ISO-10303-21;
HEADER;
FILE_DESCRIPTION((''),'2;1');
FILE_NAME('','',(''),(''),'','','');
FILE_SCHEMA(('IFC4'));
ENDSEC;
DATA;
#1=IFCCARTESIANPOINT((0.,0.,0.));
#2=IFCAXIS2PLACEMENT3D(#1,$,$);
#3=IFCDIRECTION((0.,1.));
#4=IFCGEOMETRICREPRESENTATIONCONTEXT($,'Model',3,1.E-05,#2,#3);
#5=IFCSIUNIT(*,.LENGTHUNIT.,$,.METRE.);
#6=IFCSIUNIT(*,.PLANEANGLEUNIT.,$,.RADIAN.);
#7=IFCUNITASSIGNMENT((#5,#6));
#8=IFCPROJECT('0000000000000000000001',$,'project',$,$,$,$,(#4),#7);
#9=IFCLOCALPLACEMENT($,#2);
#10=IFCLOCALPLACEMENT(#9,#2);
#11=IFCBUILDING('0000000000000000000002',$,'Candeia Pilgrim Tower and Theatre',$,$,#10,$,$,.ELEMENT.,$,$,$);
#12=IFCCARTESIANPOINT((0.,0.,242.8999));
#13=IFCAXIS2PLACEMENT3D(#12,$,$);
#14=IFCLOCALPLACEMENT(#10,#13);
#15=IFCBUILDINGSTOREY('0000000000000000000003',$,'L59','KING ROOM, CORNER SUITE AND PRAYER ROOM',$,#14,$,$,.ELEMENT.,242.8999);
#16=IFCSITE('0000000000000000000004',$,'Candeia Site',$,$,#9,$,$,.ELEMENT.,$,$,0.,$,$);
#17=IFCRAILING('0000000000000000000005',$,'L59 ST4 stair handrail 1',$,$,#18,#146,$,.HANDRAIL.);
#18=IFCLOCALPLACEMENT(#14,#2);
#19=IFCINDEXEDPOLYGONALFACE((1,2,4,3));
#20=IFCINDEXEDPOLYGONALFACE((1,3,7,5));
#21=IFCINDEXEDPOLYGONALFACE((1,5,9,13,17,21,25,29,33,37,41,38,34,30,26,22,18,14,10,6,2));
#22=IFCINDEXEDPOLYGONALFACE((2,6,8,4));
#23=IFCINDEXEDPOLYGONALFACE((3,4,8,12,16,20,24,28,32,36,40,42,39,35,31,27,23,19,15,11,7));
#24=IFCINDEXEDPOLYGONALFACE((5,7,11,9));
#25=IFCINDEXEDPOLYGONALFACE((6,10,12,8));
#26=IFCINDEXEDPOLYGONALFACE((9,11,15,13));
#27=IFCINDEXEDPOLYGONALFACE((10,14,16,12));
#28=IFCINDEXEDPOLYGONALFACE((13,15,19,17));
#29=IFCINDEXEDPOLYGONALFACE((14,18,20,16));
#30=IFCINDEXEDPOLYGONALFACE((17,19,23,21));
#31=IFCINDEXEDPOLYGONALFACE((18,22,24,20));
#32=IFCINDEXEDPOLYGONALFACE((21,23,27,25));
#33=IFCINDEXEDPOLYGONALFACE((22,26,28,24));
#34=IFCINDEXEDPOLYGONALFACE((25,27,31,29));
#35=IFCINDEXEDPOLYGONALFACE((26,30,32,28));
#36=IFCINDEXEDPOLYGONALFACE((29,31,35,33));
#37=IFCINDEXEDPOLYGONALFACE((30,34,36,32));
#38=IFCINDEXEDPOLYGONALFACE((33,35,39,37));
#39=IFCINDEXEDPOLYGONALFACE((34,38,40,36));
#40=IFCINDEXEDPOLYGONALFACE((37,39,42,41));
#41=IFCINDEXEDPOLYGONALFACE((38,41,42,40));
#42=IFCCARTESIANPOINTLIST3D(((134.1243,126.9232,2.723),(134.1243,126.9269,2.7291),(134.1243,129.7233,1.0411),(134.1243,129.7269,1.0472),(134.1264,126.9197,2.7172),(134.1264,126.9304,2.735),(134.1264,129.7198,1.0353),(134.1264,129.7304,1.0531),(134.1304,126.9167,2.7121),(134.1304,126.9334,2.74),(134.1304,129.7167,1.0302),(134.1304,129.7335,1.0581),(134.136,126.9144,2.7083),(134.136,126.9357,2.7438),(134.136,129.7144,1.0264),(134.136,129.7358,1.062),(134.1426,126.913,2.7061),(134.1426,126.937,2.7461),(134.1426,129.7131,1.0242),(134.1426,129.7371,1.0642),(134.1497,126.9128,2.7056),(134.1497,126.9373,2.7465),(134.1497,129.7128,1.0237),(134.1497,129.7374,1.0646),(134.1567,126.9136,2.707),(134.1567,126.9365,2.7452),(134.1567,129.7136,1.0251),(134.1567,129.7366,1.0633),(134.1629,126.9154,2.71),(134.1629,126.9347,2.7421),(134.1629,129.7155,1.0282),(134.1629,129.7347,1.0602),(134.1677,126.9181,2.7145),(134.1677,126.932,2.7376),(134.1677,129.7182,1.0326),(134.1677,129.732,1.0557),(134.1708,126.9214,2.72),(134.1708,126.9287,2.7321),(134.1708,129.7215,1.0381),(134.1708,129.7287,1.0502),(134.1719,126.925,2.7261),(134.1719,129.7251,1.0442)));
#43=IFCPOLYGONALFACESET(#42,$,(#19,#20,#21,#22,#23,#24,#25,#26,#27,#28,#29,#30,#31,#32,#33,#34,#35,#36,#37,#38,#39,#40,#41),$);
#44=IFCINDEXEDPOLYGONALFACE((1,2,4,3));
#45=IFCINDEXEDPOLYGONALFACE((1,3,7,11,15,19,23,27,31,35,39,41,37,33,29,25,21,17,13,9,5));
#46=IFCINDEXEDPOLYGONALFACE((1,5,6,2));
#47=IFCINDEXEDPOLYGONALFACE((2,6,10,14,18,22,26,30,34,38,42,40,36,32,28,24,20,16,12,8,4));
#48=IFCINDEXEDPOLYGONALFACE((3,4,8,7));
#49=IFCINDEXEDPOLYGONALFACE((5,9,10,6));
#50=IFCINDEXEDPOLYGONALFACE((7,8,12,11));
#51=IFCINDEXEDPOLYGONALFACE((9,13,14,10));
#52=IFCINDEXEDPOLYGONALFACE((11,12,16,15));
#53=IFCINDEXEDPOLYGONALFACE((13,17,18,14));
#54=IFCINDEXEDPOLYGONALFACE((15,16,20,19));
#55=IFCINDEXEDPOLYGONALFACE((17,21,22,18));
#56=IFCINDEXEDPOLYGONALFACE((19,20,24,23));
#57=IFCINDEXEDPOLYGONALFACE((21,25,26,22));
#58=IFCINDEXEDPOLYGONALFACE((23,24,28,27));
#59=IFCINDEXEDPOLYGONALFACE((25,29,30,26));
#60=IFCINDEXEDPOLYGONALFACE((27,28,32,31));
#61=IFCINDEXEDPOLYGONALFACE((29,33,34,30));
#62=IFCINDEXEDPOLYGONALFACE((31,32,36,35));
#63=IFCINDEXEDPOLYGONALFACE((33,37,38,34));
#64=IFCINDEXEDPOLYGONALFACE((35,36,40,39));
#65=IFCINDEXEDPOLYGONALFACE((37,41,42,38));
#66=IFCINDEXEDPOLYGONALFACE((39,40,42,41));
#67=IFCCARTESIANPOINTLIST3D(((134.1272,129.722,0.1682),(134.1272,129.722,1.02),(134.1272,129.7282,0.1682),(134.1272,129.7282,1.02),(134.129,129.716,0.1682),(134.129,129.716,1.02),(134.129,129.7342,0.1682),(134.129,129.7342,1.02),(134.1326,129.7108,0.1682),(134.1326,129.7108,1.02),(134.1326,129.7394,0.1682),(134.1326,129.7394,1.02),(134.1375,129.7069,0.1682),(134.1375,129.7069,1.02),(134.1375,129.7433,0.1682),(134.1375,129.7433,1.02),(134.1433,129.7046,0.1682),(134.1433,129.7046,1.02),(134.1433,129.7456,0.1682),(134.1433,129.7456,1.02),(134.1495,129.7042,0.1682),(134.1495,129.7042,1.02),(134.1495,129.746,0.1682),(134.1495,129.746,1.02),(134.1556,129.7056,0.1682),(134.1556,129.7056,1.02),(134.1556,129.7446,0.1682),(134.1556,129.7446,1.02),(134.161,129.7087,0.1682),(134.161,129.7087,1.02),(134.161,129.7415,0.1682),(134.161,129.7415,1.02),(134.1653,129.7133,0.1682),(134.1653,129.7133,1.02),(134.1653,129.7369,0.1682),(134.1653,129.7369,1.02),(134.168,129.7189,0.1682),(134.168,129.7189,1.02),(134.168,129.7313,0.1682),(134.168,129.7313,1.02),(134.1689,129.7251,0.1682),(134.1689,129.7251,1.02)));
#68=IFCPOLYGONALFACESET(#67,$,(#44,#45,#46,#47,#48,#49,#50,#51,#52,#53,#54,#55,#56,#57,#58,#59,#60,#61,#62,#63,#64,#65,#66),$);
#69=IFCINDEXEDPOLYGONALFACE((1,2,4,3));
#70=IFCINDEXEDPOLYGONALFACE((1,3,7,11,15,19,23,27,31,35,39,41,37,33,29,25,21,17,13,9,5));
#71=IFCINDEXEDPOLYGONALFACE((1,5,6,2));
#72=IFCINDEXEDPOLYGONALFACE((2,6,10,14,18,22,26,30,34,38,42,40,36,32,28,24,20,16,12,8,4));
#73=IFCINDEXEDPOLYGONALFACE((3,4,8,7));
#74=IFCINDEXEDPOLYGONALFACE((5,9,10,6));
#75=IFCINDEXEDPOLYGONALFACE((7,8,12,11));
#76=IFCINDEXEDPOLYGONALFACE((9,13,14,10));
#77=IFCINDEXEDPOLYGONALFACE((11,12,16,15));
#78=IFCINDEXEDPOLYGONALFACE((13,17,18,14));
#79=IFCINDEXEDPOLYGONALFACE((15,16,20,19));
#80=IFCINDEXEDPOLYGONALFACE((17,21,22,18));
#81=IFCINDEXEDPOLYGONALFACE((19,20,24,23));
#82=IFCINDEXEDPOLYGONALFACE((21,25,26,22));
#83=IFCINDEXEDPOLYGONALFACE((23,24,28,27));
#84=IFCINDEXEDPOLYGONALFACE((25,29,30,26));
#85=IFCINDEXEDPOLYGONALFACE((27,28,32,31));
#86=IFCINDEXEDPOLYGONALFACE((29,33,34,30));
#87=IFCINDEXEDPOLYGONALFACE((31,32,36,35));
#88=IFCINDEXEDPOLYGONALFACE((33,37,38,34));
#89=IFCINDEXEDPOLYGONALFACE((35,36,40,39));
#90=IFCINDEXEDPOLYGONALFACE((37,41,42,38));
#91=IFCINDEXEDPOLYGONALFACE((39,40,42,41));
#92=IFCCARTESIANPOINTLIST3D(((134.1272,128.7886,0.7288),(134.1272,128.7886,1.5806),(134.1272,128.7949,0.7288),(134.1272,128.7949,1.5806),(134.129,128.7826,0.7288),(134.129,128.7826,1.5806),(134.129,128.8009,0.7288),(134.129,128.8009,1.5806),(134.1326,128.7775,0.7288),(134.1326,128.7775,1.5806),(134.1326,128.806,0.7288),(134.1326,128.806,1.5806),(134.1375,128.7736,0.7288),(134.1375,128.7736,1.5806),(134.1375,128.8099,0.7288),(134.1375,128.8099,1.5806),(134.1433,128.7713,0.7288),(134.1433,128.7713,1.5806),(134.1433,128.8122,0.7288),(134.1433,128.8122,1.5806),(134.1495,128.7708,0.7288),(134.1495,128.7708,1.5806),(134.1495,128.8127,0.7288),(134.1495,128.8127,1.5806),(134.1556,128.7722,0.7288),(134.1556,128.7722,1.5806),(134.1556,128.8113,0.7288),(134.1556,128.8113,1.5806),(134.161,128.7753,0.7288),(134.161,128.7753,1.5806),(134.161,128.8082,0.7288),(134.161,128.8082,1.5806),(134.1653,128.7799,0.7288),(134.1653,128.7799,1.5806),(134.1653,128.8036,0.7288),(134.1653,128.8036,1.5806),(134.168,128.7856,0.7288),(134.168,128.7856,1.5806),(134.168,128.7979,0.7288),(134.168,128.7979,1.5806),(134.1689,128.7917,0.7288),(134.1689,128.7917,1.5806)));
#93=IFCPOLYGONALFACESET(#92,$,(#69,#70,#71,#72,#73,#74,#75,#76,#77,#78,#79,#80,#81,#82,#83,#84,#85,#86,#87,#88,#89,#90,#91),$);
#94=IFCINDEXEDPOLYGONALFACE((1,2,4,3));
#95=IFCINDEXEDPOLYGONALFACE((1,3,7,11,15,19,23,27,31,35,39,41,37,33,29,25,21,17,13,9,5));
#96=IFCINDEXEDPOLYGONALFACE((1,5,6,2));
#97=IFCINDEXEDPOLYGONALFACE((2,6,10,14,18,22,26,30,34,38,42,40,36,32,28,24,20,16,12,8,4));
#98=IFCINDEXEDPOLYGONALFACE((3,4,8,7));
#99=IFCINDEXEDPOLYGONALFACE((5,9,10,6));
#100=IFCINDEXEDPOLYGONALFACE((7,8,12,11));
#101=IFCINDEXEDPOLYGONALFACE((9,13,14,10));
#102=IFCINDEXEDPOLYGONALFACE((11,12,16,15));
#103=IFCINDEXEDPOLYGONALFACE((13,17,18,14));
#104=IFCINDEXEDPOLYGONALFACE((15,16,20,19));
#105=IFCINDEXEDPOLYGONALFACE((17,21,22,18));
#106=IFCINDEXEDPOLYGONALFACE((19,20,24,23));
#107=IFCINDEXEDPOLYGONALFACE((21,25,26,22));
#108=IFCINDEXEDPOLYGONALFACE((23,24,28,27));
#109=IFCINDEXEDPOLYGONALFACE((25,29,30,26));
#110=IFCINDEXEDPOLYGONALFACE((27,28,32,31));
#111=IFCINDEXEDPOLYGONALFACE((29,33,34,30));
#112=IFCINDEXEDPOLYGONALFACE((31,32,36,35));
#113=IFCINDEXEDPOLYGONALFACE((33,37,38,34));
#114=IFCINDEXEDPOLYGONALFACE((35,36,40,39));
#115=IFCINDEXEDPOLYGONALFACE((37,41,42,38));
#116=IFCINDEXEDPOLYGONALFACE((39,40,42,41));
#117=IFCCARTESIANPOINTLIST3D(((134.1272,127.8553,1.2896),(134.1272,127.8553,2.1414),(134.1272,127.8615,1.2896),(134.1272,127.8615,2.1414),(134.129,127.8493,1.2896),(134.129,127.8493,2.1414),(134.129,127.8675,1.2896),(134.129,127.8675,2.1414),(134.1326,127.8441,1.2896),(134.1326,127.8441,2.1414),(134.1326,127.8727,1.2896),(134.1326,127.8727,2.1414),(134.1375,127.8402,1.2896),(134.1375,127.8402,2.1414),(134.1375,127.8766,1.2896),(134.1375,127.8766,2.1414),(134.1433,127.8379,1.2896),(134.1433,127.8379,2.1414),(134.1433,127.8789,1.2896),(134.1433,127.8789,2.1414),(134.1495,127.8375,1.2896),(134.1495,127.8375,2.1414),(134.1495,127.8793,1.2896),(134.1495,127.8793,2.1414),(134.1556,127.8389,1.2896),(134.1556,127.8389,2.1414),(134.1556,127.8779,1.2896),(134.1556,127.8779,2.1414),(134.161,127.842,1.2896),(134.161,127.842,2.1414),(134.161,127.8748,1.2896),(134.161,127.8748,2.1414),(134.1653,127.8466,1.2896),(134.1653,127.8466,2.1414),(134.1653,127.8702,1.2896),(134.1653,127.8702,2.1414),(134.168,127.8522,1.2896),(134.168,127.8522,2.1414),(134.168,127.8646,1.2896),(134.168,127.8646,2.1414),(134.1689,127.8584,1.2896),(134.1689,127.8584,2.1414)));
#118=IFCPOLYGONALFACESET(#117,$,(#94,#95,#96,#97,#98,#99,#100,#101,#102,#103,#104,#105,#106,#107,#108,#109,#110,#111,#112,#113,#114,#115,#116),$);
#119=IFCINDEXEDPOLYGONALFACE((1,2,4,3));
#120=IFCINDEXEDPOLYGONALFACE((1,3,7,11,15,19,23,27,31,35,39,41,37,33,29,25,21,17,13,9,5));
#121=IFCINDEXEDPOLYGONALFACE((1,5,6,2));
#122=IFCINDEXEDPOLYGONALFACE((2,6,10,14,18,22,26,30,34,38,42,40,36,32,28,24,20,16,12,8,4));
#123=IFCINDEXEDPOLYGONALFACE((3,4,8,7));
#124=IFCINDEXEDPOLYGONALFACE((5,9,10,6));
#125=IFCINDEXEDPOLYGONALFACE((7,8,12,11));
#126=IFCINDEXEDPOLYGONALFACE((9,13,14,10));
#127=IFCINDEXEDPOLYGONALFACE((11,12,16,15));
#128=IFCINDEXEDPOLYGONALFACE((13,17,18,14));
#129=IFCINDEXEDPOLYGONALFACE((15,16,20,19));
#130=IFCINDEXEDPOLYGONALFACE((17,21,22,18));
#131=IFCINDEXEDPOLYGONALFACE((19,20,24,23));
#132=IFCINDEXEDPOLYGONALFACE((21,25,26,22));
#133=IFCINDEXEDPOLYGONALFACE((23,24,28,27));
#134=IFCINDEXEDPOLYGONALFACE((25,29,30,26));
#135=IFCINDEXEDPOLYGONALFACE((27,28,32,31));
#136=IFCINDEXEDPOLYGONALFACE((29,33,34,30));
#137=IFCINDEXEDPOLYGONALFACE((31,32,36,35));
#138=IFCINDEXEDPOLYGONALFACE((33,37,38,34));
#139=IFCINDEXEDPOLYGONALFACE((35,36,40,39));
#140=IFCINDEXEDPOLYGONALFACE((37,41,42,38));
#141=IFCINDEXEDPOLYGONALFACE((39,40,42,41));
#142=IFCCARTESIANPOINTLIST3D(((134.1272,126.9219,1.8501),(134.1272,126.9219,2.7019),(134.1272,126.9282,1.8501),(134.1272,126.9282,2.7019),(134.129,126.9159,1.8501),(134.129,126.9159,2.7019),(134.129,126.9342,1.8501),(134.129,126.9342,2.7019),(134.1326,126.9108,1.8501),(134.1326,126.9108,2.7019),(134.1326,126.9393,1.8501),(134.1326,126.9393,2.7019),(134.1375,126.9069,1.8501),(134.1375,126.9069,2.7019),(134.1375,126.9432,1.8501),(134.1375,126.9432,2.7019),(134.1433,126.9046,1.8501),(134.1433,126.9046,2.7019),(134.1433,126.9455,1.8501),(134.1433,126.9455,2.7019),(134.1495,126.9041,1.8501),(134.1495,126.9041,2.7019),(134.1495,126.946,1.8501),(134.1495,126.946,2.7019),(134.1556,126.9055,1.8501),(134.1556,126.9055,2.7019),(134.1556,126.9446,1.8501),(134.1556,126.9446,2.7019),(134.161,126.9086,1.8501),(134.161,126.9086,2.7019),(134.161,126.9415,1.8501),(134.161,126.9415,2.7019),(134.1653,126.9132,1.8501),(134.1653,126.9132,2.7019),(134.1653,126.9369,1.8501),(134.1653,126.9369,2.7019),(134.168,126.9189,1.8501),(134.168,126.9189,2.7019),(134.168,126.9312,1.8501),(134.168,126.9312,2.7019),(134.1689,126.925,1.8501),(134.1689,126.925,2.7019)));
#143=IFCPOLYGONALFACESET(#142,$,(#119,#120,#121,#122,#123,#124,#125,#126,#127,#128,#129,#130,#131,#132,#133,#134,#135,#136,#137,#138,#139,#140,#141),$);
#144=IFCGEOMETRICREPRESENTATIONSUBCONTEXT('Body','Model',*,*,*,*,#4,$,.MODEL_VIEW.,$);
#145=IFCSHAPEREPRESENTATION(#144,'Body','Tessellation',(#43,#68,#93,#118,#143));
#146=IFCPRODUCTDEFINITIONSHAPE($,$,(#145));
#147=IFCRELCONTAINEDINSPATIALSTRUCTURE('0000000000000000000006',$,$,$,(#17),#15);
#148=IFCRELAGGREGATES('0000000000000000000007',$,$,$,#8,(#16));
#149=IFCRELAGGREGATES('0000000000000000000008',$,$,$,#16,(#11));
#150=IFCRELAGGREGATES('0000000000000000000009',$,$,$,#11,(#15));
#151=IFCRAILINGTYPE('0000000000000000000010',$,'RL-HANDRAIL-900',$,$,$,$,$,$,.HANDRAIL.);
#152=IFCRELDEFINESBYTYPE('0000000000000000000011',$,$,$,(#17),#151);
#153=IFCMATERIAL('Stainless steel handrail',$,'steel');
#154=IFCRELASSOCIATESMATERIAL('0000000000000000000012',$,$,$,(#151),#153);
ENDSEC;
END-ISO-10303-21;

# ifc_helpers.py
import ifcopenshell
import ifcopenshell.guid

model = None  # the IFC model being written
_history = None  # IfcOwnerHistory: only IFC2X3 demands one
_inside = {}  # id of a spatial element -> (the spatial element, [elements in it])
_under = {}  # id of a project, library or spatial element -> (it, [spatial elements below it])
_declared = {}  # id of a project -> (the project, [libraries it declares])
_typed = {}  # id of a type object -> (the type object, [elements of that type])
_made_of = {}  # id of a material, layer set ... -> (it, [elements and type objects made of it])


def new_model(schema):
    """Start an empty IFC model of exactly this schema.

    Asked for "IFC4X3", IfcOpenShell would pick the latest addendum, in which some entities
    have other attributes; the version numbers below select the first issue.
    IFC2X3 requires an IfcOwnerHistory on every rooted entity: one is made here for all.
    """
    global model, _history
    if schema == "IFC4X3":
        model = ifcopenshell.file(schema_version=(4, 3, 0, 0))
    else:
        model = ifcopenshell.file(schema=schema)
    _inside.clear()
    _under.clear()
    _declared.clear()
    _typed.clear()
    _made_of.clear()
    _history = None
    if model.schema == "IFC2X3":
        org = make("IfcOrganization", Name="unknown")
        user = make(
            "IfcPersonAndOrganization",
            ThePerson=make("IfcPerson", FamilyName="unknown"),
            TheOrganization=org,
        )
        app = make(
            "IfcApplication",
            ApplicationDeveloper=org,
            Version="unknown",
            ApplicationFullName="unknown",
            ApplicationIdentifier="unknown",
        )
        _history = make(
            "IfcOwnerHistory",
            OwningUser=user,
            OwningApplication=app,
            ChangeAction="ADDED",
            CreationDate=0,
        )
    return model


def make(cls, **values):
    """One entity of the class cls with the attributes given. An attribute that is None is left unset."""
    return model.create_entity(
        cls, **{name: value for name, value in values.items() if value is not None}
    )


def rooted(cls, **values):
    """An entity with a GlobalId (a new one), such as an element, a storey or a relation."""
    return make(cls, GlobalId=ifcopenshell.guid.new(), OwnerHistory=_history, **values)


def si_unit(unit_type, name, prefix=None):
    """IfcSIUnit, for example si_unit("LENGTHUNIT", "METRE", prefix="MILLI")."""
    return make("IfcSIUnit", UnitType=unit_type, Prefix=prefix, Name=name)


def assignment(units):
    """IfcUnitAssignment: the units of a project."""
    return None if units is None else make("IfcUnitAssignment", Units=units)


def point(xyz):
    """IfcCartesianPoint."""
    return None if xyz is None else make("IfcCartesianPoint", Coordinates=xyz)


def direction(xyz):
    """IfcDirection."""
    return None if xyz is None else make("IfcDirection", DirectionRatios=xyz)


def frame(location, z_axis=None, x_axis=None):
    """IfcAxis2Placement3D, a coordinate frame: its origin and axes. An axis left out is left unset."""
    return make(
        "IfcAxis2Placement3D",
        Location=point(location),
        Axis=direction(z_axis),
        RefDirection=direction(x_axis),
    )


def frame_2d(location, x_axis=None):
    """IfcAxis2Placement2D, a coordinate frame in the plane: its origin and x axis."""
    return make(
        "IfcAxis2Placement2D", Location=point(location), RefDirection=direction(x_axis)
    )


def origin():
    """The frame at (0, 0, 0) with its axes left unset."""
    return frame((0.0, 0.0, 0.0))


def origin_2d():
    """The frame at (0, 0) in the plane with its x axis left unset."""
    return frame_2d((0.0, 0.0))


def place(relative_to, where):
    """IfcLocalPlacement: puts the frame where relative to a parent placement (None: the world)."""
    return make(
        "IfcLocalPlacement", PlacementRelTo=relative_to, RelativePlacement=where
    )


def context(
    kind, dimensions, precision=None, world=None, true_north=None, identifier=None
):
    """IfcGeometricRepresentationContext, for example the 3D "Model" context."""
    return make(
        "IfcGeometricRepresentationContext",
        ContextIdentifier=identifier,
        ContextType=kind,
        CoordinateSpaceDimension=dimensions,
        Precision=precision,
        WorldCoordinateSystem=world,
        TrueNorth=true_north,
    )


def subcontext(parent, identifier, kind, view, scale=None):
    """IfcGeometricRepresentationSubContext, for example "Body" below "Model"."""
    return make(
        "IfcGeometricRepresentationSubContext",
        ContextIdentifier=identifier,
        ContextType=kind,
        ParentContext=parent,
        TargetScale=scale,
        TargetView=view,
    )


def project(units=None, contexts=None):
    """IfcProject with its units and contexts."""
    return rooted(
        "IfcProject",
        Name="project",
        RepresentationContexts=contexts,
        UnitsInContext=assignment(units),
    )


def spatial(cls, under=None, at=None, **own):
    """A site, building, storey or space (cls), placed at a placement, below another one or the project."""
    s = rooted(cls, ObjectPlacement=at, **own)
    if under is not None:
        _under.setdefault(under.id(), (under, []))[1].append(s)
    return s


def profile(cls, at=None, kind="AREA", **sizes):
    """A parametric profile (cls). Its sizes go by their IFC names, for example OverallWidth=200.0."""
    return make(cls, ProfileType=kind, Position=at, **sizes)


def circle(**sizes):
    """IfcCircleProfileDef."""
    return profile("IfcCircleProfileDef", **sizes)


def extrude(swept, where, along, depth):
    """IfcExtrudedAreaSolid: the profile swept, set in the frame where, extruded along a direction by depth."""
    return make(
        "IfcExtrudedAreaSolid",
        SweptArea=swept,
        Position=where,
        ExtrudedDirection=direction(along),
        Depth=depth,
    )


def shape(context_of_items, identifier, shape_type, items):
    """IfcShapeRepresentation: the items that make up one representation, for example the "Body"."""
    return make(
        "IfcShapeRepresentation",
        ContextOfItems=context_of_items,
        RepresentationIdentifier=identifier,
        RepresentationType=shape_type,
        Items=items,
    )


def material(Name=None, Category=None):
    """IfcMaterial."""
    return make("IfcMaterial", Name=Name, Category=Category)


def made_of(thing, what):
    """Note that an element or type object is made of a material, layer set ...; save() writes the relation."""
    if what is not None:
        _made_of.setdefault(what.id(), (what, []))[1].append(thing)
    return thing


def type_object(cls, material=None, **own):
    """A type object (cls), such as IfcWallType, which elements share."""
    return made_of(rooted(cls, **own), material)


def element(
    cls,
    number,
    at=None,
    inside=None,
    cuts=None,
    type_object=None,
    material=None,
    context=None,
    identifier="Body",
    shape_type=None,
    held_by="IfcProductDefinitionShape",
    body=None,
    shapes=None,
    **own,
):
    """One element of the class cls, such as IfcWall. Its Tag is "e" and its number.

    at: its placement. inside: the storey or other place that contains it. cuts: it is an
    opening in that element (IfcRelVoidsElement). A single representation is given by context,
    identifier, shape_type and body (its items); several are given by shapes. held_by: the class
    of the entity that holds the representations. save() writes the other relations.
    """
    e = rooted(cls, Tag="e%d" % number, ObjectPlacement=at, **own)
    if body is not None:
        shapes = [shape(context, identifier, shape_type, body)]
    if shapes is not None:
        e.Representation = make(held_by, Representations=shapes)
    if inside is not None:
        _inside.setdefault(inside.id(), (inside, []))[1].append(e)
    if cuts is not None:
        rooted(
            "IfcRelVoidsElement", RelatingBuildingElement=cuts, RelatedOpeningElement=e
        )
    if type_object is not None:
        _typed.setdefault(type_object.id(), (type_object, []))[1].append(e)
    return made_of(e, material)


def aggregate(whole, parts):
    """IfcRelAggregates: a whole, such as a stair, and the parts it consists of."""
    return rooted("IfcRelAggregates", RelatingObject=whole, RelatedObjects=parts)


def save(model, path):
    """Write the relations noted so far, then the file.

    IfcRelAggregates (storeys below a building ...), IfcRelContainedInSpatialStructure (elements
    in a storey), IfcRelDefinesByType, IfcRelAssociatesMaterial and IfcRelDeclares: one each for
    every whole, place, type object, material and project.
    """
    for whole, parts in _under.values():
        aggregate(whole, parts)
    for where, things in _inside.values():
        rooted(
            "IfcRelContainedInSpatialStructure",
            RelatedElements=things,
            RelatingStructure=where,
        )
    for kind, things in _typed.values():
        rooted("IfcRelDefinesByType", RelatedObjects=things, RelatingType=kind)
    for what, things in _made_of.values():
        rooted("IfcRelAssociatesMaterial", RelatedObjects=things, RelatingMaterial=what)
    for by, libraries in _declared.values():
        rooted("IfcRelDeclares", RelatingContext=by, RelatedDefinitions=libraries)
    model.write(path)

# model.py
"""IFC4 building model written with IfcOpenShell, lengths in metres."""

from ifc_helpers import new_model, si_unit, direction, frame, origin, origin_2d, place, context, subcontext, project, spatial, circle, extrude, material, type_object, element, save


model = new_model("IFC4")

# Units and contexts
model_context = context("Model", 3, precision=1e-05, world=origin(), true_north=direction((0.0, 1.0)))
body_context = subcontext(model_context, "Body", "Model", "MODEL_VIEW")
ifc_project = project(units=[si_unit("LENGTHUNIT", "METRE"), si_unit("PLANEANGLEUNIT", "RADIAN")], contexts=[model_context])

# Site, building, storey
site_placement = place(None, origin())
site = spatial("IfcSite", under=ifc_project, at=site_placement, Name="Candeia Site", CompositionType="ELEMENT", RefElevation=0.0)
building_placement = place(site_placement, origin())
building = spatial("IfcBuilding", under=site, at=building_placement, Name="Candeia Pilgrim Tower and Theatre", CompositionType="ELEMENT")
storey_placement = place(building_placement, frame((0.0, 0.0, 242.8999)))
storey = spatial("IfcBuildingStorey", under=building, at=storey_placement, Name="L59", Description="KING ROOM, CORNER SUITE AND PRAYER ROOM", CompositionType="ELEMENT", Elevation=242.8999)

# Railing
ifc_material_1 = material(Name="Stainless steel handrail", Category="steel")
railing_type_1 = type_object("IfcRailingType", Name="RL-HANDRAIL-900", PredefinedType="HANDRAIL", material=ifc_material_1)
railing_1_placement = place(storey_placement, frame((134.1479, 129.7251, 0.1682)))
element("IfcRailing", 1, at=railing_1_placement, inside=storey, type_object=railing_type_1, Name="L59 ST4 stair handrail 1", PredefinedType="HANDRAIL", context=body_context, shape_type="SweptSolid", body=[
    extrude(circle(Radius=0.0239, at=origin_2d()), frame((0.0, 0.0, 0.876), z_axis=(0.0, -0.857242, 0.514913), x_axis=(1.0, 0.0, 0.0)), (0.0, 0.0, 1.0), 3.2664),
    extrude(circle(Radius=0.021, at=origin_2d()), origin(), (0.0, 0.0, 1.0), 0.8518),
    extrude(circle(Radius=0.021, at=origin_2d()), frame((0.0, -0.9333, 0.5605)), (0.0, 0.0, 1.0), 0.8518),
    extrude(circle(Radius=0.021, at=origin_2d()), frame((0.0, -1.8667, 1.1213)), (0.0, 0.0, 1.0), 0.8518),
    extrude(circle(Radius=0.021, at=origin_2d()), frame((0.0, -2.8, 1.6819)), (0.0, 0.0, 1.0), 0.8518),
])

save(model, "model.ifc")
